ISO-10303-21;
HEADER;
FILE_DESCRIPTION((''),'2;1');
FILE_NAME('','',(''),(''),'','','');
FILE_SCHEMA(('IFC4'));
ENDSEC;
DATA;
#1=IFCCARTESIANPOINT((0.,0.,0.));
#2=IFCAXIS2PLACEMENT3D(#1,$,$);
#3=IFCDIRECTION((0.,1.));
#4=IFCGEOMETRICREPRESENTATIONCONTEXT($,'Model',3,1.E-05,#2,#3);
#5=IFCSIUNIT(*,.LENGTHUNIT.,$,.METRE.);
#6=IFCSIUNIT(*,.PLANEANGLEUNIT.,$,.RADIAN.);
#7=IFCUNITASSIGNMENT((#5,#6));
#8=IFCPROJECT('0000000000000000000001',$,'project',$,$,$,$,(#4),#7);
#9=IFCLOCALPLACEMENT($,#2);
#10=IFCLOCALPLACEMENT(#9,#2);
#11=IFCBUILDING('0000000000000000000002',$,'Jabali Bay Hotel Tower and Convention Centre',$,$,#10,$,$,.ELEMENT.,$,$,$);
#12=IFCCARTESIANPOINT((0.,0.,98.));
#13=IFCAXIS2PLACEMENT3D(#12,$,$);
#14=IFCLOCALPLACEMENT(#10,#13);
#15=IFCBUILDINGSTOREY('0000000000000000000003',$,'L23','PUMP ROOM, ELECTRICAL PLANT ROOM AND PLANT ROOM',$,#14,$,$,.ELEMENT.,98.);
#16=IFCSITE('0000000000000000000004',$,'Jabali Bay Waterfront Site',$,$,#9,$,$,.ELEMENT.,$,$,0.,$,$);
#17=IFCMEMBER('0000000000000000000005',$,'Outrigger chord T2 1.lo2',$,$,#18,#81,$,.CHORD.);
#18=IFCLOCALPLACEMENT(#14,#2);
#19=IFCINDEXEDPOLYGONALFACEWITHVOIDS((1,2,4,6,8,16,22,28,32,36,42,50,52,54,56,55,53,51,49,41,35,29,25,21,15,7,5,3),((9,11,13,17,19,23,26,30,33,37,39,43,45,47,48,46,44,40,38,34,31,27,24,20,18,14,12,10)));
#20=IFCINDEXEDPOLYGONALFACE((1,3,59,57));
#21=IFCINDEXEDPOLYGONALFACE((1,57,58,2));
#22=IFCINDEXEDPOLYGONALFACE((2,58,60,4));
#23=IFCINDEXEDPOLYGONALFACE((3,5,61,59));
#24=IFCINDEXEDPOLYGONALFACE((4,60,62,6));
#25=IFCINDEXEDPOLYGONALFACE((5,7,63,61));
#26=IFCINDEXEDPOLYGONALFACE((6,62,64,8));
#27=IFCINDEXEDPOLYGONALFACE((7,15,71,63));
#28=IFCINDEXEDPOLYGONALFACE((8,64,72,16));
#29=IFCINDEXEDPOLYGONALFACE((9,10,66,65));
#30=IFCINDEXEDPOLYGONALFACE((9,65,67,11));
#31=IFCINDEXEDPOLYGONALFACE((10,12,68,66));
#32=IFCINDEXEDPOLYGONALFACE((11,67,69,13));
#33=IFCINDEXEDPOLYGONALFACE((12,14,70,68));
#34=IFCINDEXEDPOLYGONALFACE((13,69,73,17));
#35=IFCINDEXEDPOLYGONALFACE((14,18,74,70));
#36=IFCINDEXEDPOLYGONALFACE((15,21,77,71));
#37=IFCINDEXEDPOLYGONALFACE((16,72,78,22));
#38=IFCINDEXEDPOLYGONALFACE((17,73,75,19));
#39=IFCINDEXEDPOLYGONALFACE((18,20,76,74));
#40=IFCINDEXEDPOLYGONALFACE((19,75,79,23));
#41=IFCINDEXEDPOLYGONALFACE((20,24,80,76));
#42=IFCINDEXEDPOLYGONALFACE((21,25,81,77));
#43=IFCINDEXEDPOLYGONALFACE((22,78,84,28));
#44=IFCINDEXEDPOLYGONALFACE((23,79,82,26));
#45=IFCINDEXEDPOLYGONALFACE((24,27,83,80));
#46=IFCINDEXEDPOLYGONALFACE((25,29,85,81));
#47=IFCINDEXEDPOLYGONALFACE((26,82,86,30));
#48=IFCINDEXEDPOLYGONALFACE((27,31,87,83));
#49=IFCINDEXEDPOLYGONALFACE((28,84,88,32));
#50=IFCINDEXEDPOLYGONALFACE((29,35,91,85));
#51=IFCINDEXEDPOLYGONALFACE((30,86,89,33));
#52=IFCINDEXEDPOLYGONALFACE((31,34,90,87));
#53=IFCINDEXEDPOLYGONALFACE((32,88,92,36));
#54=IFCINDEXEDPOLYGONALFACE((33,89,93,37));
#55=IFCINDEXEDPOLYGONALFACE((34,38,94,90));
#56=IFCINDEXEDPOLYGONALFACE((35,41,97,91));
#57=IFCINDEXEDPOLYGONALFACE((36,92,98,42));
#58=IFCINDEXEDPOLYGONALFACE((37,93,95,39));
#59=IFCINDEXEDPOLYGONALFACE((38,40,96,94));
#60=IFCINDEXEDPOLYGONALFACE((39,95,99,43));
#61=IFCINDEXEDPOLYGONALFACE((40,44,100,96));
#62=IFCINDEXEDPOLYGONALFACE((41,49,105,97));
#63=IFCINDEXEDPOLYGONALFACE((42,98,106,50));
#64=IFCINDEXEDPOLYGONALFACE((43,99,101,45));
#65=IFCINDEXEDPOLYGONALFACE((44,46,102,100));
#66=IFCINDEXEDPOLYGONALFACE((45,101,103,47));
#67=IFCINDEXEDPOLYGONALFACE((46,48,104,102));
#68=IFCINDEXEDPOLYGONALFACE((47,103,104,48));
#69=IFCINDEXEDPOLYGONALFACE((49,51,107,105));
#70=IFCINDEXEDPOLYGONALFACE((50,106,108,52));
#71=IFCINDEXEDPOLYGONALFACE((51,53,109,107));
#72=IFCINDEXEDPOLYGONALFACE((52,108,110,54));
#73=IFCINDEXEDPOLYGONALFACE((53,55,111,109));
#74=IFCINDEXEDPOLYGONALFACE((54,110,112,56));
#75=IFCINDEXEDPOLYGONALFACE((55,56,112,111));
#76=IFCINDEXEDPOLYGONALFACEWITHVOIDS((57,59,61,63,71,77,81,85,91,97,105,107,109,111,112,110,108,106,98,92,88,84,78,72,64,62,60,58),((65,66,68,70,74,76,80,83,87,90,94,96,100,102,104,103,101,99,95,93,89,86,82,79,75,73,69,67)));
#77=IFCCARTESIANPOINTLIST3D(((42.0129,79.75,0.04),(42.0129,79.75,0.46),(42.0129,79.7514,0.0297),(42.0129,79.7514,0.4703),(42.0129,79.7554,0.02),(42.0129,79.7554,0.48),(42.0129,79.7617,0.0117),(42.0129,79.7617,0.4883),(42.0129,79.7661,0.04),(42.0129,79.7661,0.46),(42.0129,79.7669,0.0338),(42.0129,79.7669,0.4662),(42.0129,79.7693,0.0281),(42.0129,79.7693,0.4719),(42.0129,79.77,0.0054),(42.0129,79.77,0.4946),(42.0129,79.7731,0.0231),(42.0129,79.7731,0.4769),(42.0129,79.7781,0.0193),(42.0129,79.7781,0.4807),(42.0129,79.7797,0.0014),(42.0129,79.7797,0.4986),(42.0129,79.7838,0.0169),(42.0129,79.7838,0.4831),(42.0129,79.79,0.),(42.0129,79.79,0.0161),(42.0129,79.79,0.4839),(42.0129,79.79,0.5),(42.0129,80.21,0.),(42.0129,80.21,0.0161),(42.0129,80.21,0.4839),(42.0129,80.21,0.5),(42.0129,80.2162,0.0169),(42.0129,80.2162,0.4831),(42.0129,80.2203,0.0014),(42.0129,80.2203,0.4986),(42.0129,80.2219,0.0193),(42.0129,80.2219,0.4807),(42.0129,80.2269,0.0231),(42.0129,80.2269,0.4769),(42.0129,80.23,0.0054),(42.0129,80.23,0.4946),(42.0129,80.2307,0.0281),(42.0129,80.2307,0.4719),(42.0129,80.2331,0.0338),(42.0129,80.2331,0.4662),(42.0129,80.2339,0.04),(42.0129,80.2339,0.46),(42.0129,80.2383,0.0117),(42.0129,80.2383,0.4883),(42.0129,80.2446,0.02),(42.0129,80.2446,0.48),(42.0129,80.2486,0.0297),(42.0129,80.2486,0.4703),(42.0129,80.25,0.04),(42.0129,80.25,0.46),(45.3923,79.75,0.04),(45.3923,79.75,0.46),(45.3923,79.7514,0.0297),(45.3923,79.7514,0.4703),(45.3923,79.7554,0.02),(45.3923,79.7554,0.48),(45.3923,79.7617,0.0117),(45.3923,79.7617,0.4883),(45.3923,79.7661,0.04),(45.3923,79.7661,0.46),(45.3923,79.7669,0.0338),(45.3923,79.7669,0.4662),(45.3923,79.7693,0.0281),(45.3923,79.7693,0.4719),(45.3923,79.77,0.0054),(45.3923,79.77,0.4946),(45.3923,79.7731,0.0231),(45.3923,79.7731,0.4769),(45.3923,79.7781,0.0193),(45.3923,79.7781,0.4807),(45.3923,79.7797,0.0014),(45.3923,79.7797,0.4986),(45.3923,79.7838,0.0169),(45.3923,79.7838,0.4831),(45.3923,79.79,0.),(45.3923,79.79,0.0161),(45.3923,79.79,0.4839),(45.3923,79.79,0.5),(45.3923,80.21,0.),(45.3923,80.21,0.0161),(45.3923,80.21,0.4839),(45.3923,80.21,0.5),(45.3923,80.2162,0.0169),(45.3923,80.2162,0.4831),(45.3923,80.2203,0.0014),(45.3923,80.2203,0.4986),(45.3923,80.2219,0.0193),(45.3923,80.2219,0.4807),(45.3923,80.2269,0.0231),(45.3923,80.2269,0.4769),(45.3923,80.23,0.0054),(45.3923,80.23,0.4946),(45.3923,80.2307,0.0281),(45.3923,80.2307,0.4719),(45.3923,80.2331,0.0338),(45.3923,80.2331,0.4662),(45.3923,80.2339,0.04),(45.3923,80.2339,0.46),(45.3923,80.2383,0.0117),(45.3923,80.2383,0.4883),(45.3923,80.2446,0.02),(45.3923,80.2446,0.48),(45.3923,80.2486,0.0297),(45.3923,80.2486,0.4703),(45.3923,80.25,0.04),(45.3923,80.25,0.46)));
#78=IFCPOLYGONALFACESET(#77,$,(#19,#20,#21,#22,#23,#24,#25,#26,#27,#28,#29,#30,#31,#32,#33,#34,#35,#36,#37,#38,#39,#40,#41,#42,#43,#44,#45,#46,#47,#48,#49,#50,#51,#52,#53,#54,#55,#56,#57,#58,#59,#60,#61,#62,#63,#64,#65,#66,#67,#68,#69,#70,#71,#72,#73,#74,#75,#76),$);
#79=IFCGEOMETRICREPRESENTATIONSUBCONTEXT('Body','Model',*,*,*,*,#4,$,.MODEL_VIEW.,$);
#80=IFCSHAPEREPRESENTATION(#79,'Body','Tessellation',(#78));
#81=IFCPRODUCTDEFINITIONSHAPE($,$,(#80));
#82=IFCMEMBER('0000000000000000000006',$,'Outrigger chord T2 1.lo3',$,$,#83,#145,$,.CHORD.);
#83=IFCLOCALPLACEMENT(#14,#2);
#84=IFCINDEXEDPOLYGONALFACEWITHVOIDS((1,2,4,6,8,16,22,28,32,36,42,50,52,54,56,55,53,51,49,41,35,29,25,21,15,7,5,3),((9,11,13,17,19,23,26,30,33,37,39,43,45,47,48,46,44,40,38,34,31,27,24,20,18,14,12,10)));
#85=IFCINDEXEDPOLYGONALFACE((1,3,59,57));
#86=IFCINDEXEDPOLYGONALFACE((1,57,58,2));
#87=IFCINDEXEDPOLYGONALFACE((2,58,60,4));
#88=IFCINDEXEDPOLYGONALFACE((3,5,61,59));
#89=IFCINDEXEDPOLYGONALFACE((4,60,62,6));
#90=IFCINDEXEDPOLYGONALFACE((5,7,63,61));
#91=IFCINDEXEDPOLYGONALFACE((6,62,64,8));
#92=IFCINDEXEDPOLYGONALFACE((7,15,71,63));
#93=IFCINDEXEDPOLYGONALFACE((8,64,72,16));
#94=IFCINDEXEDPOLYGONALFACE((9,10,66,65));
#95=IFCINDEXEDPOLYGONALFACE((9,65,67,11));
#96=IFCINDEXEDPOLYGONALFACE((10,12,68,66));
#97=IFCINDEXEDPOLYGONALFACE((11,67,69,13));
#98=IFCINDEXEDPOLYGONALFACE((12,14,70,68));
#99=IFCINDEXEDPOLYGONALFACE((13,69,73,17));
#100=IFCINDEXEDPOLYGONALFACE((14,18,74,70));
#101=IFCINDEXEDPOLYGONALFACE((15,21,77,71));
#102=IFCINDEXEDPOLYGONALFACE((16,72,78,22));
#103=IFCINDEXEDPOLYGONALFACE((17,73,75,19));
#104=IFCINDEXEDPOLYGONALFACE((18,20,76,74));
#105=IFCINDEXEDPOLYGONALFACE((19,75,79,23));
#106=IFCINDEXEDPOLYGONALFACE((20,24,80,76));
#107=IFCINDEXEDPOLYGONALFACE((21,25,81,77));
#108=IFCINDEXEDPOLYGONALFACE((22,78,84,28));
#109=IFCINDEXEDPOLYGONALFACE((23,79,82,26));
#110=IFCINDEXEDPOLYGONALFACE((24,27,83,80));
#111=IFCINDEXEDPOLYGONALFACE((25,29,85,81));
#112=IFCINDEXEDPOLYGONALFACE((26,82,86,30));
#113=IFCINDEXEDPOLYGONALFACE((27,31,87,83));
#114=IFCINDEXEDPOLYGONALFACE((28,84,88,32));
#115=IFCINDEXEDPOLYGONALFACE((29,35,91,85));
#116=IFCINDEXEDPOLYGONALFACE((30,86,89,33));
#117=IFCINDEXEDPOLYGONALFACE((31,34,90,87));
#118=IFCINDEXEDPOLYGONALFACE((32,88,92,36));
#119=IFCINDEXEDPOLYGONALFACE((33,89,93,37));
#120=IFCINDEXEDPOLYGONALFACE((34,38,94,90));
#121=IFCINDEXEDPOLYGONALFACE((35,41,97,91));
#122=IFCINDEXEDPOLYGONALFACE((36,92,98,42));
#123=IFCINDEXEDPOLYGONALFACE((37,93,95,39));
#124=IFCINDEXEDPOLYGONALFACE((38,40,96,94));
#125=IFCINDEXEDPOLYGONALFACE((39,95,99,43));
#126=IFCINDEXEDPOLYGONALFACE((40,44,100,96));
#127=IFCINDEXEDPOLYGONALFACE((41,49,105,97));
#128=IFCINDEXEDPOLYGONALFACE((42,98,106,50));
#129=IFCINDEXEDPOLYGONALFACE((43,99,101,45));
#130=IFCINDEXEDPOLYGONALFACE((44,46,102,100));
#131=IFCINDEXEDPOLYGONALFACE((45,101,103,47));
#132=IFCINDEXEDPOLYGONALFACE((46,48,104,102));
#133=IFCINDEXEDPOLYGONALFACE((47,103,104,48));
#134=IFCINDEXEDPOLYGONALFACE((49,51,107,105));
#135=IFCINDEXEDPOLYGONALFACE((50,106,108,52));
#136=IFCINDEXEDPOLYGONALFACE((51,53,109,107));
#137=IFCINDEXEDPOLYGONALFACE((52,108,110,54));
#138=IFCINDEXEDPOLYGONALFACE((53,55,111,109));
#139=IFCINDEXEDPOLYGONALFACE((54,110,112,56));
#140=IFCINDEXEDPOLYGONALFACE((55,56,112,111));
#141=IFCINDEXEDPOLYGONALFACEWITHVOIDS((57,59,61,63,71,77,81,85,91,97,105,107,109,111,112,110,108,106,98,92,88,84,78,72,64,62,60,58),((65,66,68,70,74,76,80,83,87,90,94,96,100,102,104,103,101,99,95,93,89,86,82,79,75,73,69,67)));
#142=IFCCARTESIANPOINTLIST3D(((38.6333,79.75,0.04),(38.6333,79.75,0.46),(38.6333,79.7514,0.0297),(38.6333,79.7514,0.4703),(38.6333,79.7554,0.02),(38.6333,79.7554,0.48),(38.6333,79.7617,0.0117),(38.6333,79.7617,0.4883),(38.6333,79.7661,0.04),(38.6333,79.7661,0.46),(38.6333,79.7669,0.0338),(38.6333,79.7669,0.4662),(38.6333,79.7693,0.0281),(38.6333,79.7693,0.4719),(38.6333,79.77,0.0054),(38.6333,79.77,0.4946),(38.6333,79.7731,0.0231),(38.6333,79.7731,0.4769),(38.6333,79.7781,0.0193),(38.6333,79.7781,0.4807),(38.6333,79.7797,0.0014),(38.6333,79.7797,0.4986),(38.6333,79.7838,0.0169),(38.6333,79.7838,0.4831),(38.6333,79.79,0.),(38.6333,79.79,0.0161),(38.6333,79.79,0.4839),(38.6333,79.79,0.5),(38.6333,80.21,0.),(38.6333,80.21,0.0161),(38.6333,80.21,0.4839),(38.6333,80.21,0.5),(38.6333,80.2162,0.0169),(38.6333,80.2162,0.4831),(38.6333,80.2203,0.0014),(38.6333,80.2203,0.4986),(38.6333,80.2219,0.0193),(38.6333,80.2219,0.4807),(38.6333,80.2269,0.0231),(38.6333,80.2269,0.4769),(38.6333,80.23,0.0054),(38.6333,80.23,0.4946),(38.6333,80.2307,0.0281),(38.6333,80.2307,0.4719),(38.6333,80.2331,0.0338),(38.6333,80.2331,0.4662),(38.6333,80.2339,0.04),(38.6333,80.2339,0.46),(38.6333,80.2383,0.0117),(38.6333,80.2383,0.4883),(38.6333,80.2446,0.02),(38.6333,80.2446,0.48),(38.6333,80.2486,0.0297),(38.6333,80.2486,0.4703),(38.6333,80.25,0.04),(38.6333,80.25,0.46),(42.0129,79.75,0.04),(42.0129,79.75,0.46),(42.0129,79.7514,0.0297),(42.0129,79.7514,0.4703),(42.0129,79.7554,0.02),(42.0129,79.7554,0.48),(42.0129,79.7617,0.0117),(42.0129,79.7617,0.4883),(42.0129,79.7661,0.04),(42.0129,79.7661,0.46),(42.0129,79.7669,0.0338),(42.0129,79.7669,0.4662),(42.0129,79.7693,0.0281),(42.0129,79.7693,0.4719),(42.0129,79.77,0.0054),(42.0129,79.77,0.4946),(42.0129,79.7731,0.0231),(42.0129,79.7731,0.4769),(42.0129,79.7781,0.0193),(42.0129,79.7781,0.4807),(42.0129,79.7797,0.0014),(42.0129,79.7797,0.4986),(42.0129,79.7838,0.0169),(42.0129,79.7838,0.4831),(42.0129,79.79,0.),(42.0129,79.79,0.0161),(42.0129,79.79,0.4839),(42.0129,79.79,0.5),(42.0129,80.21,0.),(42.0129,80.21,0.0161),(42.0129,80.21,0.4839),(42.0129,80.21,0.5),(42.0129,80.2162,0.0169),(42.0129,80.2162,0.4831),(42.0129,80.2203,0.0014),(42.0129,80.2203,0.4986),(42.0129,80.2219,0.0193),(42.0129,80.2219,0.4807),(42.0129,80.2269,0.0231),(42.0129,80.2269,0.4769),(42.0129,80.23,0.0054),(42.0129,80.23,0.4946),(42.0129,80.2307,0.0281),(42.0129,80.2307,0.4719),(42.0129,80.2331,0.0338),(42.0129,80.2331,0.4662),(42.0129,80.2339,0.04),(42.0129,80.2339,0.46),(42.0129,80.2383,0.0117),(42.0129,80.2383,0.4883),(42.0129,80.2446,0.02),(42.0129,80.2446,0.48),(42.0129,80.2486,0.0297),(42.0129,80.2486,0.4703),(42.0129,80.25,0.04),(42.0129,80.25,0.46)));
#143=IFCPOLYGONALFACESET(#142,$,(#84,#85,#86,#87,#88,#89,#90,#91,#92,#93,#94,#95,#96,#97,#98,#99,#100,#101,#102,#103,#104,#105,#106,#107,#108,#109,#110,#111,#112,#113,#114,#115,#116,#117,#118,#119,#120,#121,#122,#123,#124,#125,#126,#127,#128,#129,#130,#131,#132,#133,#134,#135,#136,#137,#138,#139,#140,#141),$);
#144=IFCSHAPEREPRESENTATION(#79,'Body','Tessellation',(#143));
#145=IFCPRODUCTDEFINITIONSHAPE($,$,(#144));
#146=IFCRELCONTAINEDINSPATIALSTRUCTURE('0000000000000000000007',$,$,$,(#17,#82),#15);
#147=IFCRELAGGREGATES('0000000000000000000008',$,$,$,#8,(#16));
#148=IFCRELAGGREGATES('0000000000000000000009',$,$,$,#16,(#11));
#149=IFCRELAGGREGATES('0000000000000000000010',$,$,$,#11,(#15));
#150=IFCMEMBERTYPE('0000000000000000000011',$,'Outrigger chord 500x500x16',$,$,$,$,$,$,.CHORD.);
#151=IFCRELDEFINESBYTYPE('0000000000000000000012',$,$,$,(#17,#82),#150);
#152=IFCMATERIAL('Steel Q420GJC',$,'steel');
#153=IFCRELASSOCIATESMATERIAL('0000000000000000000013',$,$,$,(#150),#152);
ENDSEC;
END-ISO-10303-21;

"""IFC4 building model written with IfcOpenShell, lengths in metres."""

from ifc_helpers import new_model, si_unit, direction, frame, origin, origin_2d, place, context, subcontext, project, spatial, hollow_rectangle, extrude, material, material_profile, profile_set, type_object, element, save


model = new_model("IFC4")

# Units and contexts
model_context = context("Model", 3, precision=1e-05, world=origin(), true_north=direction((0.0, 1.0)))
body_context = subcontext(model_context, "Body", "Model", "MODEL_VIEW")
ifc_project = project(units=[si_unit("LENGTHUNIT", "METRE"), si_unit("PLANEANGLEUNIT", "RADIAN")], contexts=[model_context])

# Site, building, storey
site_placement = place(None, origin())
site = spatial("IfcSite", under=ifc_project, at=site_placement, Name="Jabali Bay Waterfront Site", CompositionType="ELEMENT", RefElevation=0.0)
building_placement = place(site_placement, origin())
building = spatial("IfcBuilding", under=site, at=building_placement, Name="Jabali Bay Hotel Tower and Convention Centre", CompositionType="ELEMENT")
storey_placement = place(building_placement, frame((0.0, 0.0, 98.0)))
storey = spatial("IfcBuildingStorey", under=building, at=storey_placement, Name="L23", Description="PUMP ROOM, ELECTRICAL PLANT ROOM AND PLANT ROOM", CompositionType="ELEMENT", Elevation=98.0)

# Members
ifc_material_1 = material(Name="Steel Q420GJC", Category="steel")
ifc_material_profile_1 = material_profile(ifc_material_1, hollow_rectangle(XDim=0.5, YDim=0.5, WallThickness=0.0161, InnerFilletRadius=0.0239, OuterFilletRadius=0.04, at=origin_2d()), Name="Outrigger chord 500x500x16")
ifc_profile_set_1 = profile_set([ifc_material_profile_1], Name="Steel Q420GJC")
member_type_1 = type_object("IfcMemberType", Name="Outrigger chord 500x500x16", PredefinedType="CHORD", material=ifc_profile_set_1)
member_1_placement = place(storey_placement, frame((45.3923, 80.0, 0.25), z_axis=(-1.0, 0.0, 0.0), x_axis=(0.0, -1.0, 0.0)))
element("IfcMember", 1, at=member_1_placement, inside=storey, type_object=member_type_1, Name="Outrigger chord T2 1.lo2", PredefinedType="CHORD", context=body_context, shape_type="SweptSolid", body=[
    extrude(hollow_rectangle(XDim=0.5, YDim=0.5, WallThickness=0.0161, InnerFilletRadius=0.0239, OuterFilletRadius=0.04, at=origin_2d()), origin(), (0.0, 0.0, 1.0), 3.3794),
])
member_2_placement = place(storey_placement, frame((42.0129, 80.0, 0.25), z_axis=(-1.0, 0.0, 0.0), x_axis=(0.0, -1.0, 0.0)))
element("IfcMember", 2, at=member_2_placement, inside=storey, type_object=member_type_1, Name="Outrigger chord T2 1.lo3", PredefinedType="CHORD", context=body_context, shape_type="SweptSolid", body=[
    extrude(hollow_rectangle(XDim=0.5, YDim=0.5, WallThickness=0.0161, InnerFilletRadius=0.0239, OuterFilletRadius=0.04, at=origin_2d()), origin(), (0.0, 0.0, 1.0), 3.3796),
])

save(model, "model.ifc")
